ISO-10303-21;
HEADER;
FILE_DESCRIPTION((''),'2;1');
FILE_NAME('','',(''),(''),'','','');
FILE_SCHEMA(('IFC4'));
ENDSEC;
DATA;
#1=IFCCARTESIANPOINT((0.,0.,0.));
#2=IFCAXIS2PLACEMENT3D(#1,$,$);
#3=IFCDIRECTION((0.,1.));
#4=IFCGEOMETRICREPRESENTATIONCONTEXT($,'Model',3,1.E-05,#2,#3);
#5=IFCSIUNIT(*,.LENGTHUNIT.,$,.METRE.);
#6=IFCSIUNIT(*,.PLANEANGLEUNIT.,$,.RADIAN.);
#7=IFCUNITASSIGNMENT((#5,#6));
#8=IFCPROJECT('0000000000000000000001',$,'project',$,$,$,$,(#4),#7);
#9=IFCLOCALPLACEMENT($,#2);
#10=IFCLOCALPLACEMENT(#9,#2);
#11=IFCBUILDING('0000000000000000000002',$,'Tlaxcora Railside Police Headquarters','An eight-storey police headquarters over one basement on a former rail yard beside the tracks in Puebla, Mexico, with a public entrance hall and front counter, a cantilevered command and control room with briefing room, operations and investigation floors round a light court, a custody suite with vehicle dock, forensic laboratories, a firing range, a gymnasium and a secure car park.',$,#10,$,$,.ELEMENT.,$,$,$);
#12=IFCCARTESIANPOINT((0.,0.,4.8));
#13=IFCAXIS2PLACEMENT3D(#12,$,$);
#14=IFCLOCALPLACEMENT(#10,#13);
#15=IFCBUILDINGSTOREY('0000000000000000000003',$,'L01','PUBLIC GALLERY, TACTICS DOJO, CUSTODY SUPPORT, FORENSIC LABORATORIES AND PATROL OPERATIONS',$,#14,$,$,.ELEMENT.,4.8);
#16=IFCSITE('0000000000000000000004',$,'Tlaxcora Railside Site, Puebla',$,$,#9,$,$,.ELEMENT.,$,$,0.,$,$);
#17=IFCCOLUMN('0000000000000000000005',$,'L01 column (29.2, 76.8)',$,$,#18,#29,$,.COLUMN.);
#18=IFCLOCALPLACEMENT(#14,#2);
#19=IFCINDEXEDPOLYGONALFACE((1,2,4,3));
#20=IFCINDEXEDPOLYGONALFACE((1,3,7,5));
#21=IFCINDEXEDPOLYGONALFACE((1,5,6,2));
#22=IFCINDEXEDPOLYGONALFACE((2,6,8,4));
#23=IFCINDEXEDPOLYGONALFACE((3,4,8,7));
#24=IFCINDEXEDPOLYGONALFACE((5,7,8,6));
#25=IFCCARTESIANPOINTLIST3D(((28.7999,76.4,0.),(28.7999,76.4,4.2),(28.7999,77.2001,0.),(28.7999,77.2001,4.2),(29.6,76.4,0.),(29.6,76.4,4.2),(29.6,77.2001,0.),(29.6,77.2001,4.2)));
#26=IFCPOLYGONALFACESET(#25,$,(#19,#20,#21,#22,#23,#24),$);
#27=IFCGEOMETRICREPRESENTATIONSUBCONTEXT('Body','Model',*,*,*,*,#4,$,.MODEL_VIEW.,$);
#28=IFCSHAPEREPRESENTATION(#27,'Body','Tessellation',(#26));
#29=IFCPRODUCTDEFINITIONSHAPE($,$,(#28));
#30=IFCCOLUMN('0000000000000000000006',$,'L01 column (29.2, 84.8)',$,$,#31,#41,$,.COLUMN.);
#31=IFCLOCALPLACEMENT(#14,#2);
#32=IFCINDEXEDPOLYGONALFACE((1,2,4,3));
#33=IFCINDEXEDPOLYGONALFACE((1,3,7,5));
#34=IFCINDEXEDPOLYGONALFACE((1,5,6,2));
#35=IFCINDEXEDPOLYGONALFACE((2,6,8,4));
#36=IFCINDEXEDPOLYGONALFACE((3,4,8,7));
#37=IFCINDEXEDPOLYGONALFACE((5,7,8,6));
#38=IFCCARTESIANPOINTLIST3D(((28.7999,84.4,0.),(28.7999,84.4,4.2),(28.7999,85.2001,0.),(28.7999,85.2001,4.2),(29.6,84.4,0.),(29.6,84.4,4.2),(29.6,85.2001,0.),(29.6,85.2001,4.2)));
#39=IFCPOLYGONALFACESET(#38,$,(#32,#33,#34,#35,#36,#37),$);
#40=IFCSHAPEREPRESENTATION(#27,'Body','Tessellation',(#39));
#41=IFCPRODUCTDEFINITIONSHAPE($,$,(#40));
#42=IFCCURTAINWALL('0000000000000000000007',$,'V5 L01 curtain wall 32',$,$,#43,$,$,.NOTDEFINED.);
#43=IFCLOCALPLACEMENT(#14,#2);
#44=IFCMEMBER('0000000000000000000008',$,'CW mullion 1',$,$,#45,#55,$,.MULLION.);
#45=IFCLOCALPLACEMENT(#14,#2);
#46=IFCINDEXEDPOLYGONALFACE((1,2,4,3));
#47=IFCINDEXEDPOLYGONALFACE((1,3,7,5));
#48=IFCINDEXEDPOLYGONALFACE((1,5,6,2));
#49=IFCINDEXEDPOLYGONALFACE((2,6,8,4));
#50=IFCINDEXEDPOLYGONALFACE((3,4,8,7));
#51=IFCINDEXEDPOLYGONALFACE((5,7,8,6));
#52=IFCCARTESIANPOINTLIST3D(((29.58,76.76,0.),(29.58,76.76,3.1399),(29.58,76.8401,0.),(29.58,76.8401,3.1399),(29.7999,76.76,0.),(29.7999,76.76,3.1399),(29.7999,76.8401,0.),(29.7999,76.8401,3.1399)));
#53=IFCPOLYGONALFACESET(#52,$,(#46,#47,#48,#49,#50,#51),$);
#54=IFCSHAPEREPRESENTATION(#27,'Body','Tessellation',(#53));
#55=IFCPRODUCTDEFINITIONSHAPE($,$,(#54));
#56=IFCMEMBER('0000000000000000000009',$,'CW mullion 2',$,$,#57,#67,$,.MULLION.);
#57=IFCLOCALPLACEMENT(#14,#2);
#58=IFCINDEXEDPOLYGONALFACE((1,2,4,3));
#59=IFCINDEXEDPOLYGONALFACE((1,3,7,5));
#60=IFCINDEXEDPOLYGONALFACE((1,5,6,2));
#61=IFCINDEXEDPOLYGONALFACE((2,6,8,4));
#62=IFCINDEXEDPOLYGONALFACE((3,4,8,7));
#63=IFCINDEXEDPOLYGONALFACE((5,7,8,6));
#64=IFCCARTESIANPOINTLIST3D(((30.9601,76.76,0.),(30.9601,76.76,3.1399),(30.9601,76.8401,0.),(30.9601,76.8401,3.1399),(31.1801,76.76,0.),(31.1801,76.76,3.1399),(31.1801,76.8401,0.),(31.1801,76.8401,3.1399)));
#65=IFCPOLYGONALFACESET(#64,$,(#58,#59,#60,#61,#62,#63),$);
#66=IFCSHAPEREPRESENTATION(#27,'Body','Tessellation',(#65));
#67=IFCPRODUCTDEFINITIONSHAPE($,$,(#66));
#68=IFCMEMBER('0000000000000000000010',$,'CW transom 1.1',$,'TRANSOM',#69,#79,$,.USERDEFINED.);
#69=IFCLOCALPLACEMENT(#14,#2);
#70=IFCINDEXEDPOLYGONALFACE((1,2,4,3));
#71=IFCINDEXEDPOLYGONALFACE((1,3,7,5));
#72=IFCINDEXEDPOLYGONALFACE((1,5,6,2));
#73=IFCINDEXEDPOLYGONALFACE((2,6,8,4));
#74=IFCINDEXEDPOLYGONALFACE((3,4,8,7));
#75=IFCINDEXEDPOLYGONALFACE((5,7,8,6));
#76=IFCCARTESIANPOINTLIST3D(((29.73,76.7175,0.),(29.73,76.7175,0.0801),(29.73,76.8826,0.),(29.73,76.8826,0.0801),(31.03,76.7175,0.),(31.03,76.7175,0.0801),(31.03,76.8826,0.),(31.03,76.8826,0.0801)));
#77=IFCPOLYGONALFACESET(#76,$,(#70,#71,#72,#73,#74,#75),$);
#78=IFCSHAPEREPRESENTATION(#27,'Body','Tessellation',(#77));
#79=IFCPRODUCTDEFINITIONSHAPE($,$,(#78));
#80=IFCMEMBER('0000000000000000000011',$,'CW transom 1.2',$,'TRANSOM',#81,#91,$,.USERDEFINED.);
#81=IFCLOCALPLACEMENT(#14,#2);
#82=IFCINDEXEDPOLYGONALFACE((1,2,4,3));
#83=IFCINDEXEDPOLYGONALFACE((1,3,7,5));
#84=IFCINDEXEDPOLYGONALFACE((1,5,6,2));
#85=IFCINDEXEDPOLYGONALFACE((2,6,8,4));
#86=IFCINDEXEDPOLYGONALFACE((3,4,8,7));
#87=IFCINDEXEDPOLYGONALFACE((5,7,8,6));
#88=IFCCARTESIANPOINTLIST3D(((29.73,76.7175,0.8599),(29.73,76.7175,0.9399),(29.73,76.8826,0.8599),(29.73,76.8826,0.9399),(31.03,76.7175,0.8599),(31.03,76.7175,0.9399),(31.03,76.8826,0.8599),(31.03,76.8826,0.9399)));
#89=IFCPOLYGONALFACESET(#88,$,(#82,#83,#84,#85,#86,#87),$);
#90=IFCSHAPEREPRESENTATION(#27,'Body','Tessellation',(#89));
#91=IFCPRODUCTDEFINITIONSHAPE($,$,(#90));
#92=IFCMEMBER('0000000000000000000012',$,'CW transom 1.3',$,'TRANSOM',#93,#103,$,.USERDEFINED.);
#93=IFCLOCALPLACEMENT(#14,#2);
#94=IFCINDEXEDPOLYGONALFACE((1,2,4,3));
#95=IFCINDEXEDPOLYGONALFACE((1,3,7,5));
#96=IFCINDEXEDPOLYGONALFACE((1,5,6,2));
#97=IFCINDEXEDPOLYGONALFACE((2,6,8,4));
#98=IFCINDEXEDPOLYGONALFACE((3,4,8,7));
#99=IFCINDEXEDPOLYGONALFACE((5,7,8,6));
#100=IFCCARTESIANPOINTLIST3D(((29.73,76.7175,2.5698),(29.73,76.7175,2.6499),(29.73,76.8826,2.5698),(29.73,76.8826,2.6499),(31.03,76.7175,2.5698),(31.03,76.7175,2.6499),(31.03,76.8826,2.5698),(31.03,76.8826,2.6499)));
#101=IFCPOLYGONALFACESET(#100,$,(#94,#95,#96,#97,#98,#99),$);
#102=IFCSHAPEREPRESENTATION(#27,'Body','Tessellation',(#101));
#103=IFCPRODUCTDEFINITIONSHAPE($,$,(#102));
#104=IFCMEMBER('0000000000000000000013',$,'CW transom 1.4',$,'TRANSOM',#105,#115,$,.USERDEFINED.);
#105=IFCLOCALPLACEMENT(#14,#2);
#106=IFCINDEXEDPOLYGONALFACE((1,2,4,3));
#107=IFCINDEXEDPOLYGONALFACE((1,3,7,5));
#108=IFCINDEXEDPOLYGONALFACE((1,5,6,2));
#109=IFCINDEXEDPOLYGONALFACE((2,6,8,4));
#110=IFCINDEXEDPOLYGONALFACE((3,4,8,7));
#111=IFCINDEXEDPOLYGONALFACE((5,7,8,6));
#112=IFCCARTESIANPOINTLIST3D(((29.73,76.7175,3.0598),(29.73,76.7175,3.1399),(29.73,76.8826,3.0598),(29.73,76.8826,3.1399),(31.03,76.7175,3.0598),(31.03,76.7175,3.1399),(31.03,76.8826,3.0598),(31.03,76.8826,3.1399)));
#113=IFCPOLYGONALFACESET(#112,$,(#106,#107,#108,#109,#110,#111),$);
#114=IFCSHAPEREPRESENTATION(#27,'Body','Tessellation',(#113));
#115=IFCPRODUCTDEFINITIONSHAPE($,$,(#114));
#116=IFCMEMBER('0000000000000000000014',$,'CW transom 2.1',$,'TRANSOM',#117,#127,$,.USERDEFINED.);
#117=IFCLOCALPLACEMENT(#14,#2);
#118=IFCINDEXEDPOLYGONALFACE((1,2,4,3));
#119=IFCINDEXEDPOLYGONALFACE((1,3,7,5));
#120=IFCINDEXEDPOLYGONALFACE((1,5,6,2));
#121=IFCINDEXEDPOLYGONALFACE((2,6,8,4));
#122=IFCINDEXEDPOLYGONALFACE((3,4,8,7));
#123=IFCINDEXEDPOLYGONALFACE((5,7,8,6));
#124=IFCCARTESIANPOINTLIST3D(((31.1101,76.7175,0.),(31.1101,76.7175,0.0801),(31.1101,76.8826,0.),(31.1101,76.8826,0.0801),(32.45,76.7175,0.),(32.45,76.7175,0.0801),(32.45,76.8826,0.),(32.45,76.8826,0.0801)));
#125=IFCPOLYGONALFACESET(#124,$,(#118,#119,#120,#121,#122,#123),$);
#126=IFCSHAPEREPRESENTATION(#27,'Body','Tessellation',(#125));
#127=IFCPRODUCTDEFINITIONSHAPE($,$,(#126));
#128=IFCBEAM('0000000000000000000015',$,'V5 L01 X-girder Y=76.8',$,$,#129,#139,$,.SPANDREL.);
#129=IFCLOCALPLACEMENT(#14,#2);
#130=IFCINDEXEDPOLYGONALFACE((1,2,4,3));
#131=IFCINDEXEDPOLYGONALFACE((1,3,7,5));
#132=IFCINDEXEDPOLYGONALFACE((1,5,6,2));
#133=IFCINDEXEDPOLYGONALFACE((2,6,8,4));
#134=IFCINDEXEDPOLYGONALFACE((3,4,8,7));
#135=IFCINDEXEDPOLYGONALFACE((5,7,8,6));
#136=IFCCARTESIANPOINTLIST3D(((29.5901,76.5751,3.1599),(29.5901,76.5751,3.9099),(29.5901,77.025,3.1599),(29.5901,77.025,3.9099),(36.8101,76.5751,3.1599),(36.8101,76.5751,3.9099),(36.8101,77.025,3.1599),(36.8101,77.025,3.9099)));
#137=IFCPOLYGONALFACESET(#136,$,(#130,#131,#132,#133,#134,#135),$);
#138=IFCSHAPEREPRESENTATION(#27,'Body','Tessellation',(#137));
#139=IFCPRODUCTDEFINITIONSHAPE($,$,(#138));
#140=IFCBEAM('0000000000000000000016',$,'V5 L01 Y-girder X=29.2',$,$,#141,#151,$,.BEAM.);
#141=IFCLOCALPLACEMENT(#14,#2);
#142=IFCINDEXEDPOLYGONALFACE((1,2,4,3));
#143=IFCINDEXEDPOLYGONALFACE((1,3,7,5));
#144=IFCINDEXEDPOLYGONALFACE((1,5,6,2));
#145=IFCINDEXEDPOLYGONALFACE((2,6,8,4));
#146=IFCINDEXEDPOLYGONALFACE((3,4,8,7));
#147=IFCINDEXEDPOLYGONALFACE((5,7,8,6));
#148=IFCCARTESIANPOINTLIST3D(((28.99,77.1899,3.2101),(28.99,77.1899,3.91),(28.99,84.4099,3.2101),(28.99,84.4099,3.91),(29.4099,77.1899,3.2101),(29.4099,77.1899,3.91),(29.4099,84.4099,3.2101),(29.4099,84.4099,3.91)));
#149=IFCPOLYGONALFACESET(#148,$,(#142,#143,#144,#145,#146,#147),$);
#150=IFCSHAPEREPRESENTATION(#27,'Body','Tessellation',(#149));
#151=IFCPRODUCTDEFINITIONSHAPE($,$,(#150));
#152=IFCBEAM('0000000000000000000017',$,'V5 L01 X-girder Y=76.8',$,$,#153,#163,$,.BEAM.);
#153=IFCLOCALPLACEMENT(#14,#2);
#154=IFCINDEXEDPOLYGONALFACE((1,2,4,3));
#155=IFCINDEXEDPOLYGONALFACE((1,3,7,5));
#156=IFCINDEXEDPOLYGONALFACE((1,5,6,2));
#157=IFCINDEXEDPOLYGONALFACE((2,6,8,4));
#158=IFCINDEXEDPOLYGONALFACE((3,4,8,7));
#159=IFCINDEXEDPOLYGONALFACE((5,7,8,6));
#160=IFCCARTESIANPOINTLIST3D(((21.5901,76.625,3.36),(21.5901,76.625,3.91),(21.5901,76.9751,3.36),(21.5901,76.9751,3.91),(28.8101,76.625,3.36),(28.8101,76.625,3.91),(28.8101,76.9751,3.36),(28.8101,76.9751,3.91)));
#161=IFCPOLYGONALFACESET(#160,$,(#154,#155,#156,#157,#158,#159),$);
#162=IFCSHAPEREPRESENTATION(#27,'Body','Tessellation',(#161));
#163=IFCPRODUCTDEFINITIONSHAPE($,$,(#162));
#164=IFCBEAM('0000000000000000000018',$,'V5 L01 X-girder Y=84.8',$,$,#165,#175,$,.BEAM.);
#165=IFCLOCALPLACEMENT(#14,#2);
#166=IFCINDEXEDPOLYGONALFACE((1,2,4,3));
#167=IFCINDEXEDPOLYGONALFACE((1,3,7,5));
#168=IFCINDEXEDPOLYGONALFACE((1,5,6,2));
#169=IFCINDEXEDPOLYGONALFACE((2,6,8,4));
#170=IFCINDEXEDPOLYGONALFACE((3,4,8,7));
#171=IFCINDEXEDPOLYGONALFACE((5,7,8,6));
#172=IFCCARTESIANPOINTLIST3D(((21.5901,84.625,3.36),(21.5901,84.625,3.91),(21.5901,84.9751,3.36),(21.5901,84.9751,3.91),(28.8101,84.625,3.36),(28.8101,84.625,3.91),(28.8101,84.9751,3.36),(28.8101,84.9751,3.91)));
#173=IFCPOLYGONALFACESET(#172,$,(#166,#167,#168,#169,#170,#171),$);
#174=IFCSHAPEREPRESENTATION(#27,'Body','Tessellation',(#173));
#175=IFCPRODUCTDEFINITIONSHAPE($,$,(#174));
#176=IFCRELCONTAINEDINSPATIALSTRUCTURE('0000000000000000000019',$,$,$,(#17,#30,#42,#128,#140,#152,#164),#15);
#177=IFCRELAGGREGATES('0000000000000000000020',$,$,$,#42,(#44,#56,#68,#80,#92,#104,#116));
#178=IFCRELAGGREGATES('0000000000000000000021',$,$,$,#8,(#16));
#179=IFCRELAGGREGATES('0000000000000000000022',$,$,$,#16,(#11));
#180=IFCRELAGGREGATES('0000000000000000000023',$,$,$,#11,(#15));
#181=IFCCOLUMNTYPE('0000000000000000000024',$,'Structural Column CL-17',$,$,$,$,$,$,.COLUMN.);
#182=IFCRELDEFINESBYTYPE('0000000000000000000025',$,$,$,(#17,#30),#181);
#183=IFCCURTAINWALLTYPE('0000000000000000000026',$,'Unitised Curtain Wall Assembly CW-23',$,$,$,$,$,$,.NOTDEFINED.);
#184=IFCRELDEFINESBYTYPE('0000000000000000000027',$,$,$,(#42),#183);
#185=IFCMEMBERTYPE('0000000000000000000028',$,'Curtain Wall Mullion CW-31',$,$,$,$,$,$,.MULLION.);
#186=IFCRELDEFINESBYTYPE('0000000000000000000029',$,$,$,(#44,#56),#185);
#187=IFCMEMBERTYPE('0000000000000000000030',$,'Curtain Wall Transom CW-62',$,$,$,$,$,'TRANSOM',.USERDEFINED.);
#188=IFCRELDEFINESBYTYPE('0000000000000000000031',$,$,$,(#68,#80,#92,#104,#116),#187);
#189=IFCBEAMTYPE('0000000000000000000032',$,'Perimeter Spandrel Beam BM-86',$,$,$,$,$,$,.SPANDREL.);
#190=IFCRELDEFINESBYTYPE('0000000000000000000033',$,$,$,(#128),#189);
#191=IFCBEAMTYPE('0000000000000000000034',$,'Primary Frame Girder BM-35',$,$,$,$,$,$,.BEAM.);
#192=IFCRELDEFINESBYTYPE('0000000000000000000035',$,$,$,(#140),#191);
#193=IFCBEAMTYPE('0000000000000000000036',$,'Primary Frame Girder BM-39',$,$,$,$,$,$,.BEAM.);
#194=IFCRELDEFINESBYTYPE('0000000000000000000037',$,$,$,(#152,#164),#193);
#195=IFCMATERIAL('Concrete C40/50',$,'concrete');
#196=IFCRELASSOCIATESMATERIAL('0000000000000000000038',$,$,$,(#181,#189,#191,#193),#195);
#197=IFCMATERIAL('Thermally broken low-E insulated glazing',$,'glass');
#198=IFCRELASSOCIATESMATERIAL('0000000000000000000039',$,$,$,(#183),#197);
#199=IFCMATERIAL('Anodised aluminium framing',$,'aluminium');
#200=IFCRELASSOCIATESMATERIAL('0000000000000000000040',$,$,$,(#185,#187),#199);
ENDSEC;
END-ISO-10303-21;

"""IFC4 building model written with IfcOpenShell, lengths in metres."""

from ifc_helpers import new_model, si_unit, direction, frame, origin, origin_2d, place, context, subcontext, project, spatial, rectangle, extrude, material, material_profile, profile_set, type_object, element, aggregate, save


model = new_model("IFC4")

# Units and contexts
model_context = context("Model", 3, precision=1e-05, world=origin(), true_north=direction((0.0, 1.0)))
body_context = subcontext(model_context, "Body", "Model", "MODEL_VIEW")
ifc_project = project(units=[si_unit("LENGTHUNIT", "METRE"), si_unit("PLANEANGLEUNIT", "RADIAN")], contexts=[model_context])

# Site, building, storey
site_placement = place(None, origin())
site = spatial("IfcSite", under=ifc_project, at=site_placement, Name="Tlaxcora Railside Site, Puebla", CompositionType="ELEMENT", RefElevation=0.0)
building_placement = place(site_placement, origin())
building = spatial("IfcBuilding", under=site, at=building_placement, Name="Tlaxcora Railside Police Headquarters", Description="An eight-storey police headquarters over one basement on a former rail yard beside the tracks in Puebla, Mexico, with a public entrance hall and front counter, a cantilevered command and control room with briefing room, operations and investigation floors round a light court, a custody suite with vehicle dock, forensic laboratories, a firing range, a gymnasium and a secure car park.", CompositionType="ELEMENT")
storey_placement = place(building_placement, frame((0.0, 0.0, 4.8)))
storey = spatial("IfcBuildingStorey", under=building, at=storey_placement, Name="L01", Description="PUBLIC GALLERY, TACTICS DOJO, CUSTODY SUPPORT, FORENSIC LABORATORIES AND PATROL OPERATIONS", CompositionType="ELEMENT", Elevation=4.8)

# Columns
ifc_material_1 = material(Name="Concrete C40/50", Category="concrete")
ifc_material_profile_1 = material_profile(ifc_material_1, rectangle(XDim=0.8, YDim=0.8, at=origin_2d()), Name="RC800X800")
ifc_profile_set_1 = profile_set([ifc_material_profile_1], Name="Concrete C40/50")
column_type = type_object("IfcColumnType", Name="Structural Column CL-17", PredefinedType="COLUMN", material=ifc_profile_set_1)
for number, where, z_axis, x_axis, name in (
    (1, (29.2, 76.8, 0.0), (0.0, 0.0, 1.0), (1.0, 0.0, 0.0), "L01 column (29.2, 76.8)"),
    (2, (29.2, 84.8, 0.0), (0.0, 0.0, 1.0), (1.0, 0.0, 0.0), "L01 column (29.2, 84.8)"),
):
    element("IfcColumn", number, at=place(storey_placement, frame(where, z_axis=z_axis, x_axis=x_axis)), inside=storey, type_object=column_type, Name=name, PredefinedType="COLUMN", context=body_context, shape_type="SweptSolid", body=[
        extrude(rectangle(XDim=0.8, YDim=0.8, at=origin_2d()), origin(), (0.0, 0.0, 1.0), 4.2),
    ])

# Curtain wall, members
ifc_material_2 = material(Name="Thermally broken low-E insulated glazing", Category="glass")
curtain_wall_type = type_object("IfcCurtainWallType", Name="Unitised Curtain Wall Assembly CW-23", PredefinedType="NOTDEFINED", material=ifc_material_2)
curtain_wall_placement = place(storey_placement, origin())
curtain_wall = element("IfcCurtainWall", 3, at=curtain_wall_placement, inside=storey, type_object=curtain_wall_type, Name="V5 L01 curtain wall 32", PredefinedType="NOTDEFINED")
ifc_material_3 = material(Name="Anodised aluminium framing", Category="aluminium")
ifc_material_profile_2 = material_profile(ifc_material_3, rectangle(XDim=0.0801, YDim=0.22, at=origin_2d()), Name="AL80X220")
ifc_profile_set_2 = profile_set([ifc_material_profile_2], Name="Anodised aluminium framing")
member_type_1 = type_object("IfcMemberType", Name="Curtain Wall Mullion CW-31", PredefinedType="MULLION", material=ifc_profile_set_2)
member_1_placement = place(storey_placement, frame((29.6899, 76.8, 0.0), z_axis=(0.0, 0.0, 1.0), x_axis=(0.0, 1.0, 0.0)))
member_1 = element("IfcMember", 4, at=member_1_placement, type_object=member_type_1, Name="CW mullion 1", PredefinedType="MULLION", context=body_context, shape_type="SweptSolid", body=[
    extrude(rectangle(XDim=0.0801, YDim=0.22, at=origin_2d()), origin(), (0.0, 0.0, 1.0), 3.1399),
])
member_2_placement = place(storey_placement, frame((31.0701, 76.8, 0.0), z_axis=(0.0, 0.0, 1.0), x_axis=(0.0, 1.0, 0.0)))
member_2 = element("IfcMember", 5, at=member_2_placement, type_object=member_type_1, Name="CW mullion 2", PredefinedType="MULLION", context=body_context, shape_type="SweptSolid", body=[
    extrude(rectangle(XDim=0.0801, YDim=0.22, at=origin_2d()), origin(), (0.0, 0.0, 1.0), 3.1399),
])
ifc_material_profile_3 = material_profile(ifc_material_3, rectangle(XDim=0.165, YDim=0.0801, at=origin_2d()), Name="AL80X165")
ifc_profile_set_3 = profile_set([ifc_material_profile_3], Name="Anodised aluminium framing")
member_type_2 = type_object("IfcMemberType", Name="Curtain Wall Transom CW-62", ElementType="TRANSOM", PredefinedType="USERDEFINED", material=ifc_profile_set_3)
member_3_placement = place(storey_placement, frame((29.73, 76.8, 0.04), z_axis=(1.0, 0.0, 0.0), x_axis=(0.0, 1.0, 0.0)))
member_3 = element("IfcMember", 6, at=member_3_placement, type_object=member_type_2, Name="CW transom 1.1", ObjectType="TRANSOM", PredefinedType="USERDEFINED", context=body_context, shape_type="SweptSolid", body=[
    extrude(rectangle(XDim=0.165, YDim=0.0801, at=origin_2d()), origin(), (0.0, 0.0, 1.0), 1.3),
])
member_4_placement = place(storey_placement, frame((29.73, 76.8, 0.8999), z_axis=(1.0, 0.0, 0.0), x_axis=(0.0, 1.0, 0.0)))
member_4 = element("IfcMember", 7, at=member_4_placement, type_object=member_type_2, Name="CW transom 1.2", ObjectType="TRANSOM", PredefinedType="USERDEFINED", context=body_context, shape_type="SweptSolid", body=[
    extrude(rectangle(XDim=0.165, YDim=0.0801, at=origin_2d()), origin(), (0.0, 0.0, 1.0), 1.3),
])
member_5_placement = place(storey_placement, frame((29.73, 76.8, 2.6099), z_axis=(1.0, 0.0, 0.0), x_axis=(0.0, 1.0, 0.0)))
member_5 = element("IfcMember", 8, at=member_5_placement, type_object=member_type_2, Name="CW transom 1.3", ObjectType="TRANSOM", PredefinedType="USERDEFINED", context=body_context, shape_type="SweptSolid", body=[
    extrude(rectangle(XDim=0.165, YDim=0.0801, at=origin_2d()), origin(), (0.0, 0.0, 1.0), 1.3),
])
member_6_placement = place(storey_placement, frame((29.73, 76.8, 3.0999), z_axis=(1.0, 0.0, 0.0), x_axis=(0.0, 1.0, 0.0)))
member_6 = element("IfcMember", 9, at=member_6_placement, type_object=member_type_2, Name="CW transom 1.4", ObjectType="TRANSOM", PredefinedType="USERDEFINED", context=body_context, shape_type="SweptSolid", body=[
    extrude(rectangle(XDim=0.165, YDim=0.0801, at=origin_2d()), origin(), (0.0, 0.0, 1.0), 1.3),
])
member_7_placement = place(storey_placement, frame((31.1101, 76.8, 0.04), z_axis=(1.0, 0.0, 0.0), x_axis=(0.0, 1.0, 0.0)))
member_7 = element("IfcMember", 10, at=member_7_placement, type_object=member_type_2, Name="CW transom 2.1", ObjectType="TRANSOM", PredefinedType="USERDEFINED", context=body_context, shape_type="SweptSolid", body=[
    extrude(rectangle(XDim=0.165, YDim=0.0801, at=origin_2d()), origin(), (0.0, 0.0, 1.0), 1.3398),
])

# Beams
ifc_material_profile_4 = material_profile(ifc_material_1, rectangle(XDim=0.45, YDim=0.75, at=origin_2d()), Name="RC450X750")
ifc_profile_set_4 = profile_set([ifc_material_profile_4], Name="Concrete C40/50")
beam_type_1 = type_object("IfcBeamType", Name="Perimeter Spandrel Beam BM-86", PredefinedType="SPANDREL", material=ifc_profile_set_4)
beam_1_placement = place(storey_placement, frame((29.5901, 76.8, 3.5349), z_axis=(1.0, 0.0, 0.0), x_axis=(0.0, 1.0, 0.0)))
element("IfcBeam", 11, at=beam_1_placement, inside=storey, type_object=beam_type_1, Name="V5 L01 X-girder Y=76.8", PredefinedType="SPANDREL", context=body_context, shape_type="SweptSolid", body=[
    extrude(rectangle(XDim=0.45, YDim=0.75, at=origin_2d()), origin(), (0.0, 0.0, 1.0), 7.22),
])
ifc_material_profile_5 = material_profile(ifc_material_1, rectangle(XDim=0.4199, YDim=0.7, at=origin_2d()), Name="RC420X700")
ifc_profile_set_5 = profile_set([ifc_material_profile_5], Name="Concrete C40/50")
beam_type_2 = type_object("IfcBeamType", Name="Primary Frame Girder BM-35", PredefinedType="BEAM", material=ifc_profile_set_5)
beam_2_placement = place(storey_placement, frame((29.2, 77.1899, 3.5601), z_axis=(0.0, 1.0, 0.0), x_axis=(-1.0, 0.0, 0.0)))
element("IfcBeam", 12, at=beam_2_placement, inside=storey, type_object=beam_type_2, Name="V5 L01 Y-girder X=29.2", PredefinedType="BEAM", context=body_context, shape_type="SweptSolid", body=[
    extrude(rectangle(XDim=0.4199, YDim=0.7, at=origin_2d()), origin(), (0.0, 0.0, 1.0), 7.22),
])
ifc_material_profile_6 = material_profile(ifc_material_1, rectangle(XDim=0.3501, YDim=0.55, at=origin_2d()), Name="RC350X550")
ifc_profile_set_6 = profile_set([ifc_material_profile_6], Name="Concrete C40/50")
beam_type_3 = type_object("IfcBeamType", Name="Primary Frame Girder BM-39", PredefinedType="BEAM", material=ifc_profile_set_6)
for number, where, z_axis, x_axis, name in (
    (13, (21.5901, 76.8, 3.635), (1.0, 0.0, 0.0), (0.0, 1.0, 0.0), "V5 L01 X-girder Y=76.8"),
    (14, (21.5901, 84.8, 3.635), (1.0, 0.0, 0.0), (0.0, 1.0, 0.0), "V5 L01 X-girder Y=84.8"),
):
    element("IfcBeam", number, at=place(storey_placement, frame(where, z_axis=z_axis, x_axis=x_axis)), inside=storey, type_object=beam_type_3, Name=name, PredefinedType="BEAM", context=body_context, shape_type="SweptSolid", body=[
        extrude(rectangle(XDim=0.3501, YDim=0.55, at=origin_2d()), origin(), (0.0, 0.0, 1.0), 7.22),
    ])

aggregate(curtain_wall, [member_1, member_2, member_3, member_4, member_5, member_6, member_7])

save(model, "model.ifc")
